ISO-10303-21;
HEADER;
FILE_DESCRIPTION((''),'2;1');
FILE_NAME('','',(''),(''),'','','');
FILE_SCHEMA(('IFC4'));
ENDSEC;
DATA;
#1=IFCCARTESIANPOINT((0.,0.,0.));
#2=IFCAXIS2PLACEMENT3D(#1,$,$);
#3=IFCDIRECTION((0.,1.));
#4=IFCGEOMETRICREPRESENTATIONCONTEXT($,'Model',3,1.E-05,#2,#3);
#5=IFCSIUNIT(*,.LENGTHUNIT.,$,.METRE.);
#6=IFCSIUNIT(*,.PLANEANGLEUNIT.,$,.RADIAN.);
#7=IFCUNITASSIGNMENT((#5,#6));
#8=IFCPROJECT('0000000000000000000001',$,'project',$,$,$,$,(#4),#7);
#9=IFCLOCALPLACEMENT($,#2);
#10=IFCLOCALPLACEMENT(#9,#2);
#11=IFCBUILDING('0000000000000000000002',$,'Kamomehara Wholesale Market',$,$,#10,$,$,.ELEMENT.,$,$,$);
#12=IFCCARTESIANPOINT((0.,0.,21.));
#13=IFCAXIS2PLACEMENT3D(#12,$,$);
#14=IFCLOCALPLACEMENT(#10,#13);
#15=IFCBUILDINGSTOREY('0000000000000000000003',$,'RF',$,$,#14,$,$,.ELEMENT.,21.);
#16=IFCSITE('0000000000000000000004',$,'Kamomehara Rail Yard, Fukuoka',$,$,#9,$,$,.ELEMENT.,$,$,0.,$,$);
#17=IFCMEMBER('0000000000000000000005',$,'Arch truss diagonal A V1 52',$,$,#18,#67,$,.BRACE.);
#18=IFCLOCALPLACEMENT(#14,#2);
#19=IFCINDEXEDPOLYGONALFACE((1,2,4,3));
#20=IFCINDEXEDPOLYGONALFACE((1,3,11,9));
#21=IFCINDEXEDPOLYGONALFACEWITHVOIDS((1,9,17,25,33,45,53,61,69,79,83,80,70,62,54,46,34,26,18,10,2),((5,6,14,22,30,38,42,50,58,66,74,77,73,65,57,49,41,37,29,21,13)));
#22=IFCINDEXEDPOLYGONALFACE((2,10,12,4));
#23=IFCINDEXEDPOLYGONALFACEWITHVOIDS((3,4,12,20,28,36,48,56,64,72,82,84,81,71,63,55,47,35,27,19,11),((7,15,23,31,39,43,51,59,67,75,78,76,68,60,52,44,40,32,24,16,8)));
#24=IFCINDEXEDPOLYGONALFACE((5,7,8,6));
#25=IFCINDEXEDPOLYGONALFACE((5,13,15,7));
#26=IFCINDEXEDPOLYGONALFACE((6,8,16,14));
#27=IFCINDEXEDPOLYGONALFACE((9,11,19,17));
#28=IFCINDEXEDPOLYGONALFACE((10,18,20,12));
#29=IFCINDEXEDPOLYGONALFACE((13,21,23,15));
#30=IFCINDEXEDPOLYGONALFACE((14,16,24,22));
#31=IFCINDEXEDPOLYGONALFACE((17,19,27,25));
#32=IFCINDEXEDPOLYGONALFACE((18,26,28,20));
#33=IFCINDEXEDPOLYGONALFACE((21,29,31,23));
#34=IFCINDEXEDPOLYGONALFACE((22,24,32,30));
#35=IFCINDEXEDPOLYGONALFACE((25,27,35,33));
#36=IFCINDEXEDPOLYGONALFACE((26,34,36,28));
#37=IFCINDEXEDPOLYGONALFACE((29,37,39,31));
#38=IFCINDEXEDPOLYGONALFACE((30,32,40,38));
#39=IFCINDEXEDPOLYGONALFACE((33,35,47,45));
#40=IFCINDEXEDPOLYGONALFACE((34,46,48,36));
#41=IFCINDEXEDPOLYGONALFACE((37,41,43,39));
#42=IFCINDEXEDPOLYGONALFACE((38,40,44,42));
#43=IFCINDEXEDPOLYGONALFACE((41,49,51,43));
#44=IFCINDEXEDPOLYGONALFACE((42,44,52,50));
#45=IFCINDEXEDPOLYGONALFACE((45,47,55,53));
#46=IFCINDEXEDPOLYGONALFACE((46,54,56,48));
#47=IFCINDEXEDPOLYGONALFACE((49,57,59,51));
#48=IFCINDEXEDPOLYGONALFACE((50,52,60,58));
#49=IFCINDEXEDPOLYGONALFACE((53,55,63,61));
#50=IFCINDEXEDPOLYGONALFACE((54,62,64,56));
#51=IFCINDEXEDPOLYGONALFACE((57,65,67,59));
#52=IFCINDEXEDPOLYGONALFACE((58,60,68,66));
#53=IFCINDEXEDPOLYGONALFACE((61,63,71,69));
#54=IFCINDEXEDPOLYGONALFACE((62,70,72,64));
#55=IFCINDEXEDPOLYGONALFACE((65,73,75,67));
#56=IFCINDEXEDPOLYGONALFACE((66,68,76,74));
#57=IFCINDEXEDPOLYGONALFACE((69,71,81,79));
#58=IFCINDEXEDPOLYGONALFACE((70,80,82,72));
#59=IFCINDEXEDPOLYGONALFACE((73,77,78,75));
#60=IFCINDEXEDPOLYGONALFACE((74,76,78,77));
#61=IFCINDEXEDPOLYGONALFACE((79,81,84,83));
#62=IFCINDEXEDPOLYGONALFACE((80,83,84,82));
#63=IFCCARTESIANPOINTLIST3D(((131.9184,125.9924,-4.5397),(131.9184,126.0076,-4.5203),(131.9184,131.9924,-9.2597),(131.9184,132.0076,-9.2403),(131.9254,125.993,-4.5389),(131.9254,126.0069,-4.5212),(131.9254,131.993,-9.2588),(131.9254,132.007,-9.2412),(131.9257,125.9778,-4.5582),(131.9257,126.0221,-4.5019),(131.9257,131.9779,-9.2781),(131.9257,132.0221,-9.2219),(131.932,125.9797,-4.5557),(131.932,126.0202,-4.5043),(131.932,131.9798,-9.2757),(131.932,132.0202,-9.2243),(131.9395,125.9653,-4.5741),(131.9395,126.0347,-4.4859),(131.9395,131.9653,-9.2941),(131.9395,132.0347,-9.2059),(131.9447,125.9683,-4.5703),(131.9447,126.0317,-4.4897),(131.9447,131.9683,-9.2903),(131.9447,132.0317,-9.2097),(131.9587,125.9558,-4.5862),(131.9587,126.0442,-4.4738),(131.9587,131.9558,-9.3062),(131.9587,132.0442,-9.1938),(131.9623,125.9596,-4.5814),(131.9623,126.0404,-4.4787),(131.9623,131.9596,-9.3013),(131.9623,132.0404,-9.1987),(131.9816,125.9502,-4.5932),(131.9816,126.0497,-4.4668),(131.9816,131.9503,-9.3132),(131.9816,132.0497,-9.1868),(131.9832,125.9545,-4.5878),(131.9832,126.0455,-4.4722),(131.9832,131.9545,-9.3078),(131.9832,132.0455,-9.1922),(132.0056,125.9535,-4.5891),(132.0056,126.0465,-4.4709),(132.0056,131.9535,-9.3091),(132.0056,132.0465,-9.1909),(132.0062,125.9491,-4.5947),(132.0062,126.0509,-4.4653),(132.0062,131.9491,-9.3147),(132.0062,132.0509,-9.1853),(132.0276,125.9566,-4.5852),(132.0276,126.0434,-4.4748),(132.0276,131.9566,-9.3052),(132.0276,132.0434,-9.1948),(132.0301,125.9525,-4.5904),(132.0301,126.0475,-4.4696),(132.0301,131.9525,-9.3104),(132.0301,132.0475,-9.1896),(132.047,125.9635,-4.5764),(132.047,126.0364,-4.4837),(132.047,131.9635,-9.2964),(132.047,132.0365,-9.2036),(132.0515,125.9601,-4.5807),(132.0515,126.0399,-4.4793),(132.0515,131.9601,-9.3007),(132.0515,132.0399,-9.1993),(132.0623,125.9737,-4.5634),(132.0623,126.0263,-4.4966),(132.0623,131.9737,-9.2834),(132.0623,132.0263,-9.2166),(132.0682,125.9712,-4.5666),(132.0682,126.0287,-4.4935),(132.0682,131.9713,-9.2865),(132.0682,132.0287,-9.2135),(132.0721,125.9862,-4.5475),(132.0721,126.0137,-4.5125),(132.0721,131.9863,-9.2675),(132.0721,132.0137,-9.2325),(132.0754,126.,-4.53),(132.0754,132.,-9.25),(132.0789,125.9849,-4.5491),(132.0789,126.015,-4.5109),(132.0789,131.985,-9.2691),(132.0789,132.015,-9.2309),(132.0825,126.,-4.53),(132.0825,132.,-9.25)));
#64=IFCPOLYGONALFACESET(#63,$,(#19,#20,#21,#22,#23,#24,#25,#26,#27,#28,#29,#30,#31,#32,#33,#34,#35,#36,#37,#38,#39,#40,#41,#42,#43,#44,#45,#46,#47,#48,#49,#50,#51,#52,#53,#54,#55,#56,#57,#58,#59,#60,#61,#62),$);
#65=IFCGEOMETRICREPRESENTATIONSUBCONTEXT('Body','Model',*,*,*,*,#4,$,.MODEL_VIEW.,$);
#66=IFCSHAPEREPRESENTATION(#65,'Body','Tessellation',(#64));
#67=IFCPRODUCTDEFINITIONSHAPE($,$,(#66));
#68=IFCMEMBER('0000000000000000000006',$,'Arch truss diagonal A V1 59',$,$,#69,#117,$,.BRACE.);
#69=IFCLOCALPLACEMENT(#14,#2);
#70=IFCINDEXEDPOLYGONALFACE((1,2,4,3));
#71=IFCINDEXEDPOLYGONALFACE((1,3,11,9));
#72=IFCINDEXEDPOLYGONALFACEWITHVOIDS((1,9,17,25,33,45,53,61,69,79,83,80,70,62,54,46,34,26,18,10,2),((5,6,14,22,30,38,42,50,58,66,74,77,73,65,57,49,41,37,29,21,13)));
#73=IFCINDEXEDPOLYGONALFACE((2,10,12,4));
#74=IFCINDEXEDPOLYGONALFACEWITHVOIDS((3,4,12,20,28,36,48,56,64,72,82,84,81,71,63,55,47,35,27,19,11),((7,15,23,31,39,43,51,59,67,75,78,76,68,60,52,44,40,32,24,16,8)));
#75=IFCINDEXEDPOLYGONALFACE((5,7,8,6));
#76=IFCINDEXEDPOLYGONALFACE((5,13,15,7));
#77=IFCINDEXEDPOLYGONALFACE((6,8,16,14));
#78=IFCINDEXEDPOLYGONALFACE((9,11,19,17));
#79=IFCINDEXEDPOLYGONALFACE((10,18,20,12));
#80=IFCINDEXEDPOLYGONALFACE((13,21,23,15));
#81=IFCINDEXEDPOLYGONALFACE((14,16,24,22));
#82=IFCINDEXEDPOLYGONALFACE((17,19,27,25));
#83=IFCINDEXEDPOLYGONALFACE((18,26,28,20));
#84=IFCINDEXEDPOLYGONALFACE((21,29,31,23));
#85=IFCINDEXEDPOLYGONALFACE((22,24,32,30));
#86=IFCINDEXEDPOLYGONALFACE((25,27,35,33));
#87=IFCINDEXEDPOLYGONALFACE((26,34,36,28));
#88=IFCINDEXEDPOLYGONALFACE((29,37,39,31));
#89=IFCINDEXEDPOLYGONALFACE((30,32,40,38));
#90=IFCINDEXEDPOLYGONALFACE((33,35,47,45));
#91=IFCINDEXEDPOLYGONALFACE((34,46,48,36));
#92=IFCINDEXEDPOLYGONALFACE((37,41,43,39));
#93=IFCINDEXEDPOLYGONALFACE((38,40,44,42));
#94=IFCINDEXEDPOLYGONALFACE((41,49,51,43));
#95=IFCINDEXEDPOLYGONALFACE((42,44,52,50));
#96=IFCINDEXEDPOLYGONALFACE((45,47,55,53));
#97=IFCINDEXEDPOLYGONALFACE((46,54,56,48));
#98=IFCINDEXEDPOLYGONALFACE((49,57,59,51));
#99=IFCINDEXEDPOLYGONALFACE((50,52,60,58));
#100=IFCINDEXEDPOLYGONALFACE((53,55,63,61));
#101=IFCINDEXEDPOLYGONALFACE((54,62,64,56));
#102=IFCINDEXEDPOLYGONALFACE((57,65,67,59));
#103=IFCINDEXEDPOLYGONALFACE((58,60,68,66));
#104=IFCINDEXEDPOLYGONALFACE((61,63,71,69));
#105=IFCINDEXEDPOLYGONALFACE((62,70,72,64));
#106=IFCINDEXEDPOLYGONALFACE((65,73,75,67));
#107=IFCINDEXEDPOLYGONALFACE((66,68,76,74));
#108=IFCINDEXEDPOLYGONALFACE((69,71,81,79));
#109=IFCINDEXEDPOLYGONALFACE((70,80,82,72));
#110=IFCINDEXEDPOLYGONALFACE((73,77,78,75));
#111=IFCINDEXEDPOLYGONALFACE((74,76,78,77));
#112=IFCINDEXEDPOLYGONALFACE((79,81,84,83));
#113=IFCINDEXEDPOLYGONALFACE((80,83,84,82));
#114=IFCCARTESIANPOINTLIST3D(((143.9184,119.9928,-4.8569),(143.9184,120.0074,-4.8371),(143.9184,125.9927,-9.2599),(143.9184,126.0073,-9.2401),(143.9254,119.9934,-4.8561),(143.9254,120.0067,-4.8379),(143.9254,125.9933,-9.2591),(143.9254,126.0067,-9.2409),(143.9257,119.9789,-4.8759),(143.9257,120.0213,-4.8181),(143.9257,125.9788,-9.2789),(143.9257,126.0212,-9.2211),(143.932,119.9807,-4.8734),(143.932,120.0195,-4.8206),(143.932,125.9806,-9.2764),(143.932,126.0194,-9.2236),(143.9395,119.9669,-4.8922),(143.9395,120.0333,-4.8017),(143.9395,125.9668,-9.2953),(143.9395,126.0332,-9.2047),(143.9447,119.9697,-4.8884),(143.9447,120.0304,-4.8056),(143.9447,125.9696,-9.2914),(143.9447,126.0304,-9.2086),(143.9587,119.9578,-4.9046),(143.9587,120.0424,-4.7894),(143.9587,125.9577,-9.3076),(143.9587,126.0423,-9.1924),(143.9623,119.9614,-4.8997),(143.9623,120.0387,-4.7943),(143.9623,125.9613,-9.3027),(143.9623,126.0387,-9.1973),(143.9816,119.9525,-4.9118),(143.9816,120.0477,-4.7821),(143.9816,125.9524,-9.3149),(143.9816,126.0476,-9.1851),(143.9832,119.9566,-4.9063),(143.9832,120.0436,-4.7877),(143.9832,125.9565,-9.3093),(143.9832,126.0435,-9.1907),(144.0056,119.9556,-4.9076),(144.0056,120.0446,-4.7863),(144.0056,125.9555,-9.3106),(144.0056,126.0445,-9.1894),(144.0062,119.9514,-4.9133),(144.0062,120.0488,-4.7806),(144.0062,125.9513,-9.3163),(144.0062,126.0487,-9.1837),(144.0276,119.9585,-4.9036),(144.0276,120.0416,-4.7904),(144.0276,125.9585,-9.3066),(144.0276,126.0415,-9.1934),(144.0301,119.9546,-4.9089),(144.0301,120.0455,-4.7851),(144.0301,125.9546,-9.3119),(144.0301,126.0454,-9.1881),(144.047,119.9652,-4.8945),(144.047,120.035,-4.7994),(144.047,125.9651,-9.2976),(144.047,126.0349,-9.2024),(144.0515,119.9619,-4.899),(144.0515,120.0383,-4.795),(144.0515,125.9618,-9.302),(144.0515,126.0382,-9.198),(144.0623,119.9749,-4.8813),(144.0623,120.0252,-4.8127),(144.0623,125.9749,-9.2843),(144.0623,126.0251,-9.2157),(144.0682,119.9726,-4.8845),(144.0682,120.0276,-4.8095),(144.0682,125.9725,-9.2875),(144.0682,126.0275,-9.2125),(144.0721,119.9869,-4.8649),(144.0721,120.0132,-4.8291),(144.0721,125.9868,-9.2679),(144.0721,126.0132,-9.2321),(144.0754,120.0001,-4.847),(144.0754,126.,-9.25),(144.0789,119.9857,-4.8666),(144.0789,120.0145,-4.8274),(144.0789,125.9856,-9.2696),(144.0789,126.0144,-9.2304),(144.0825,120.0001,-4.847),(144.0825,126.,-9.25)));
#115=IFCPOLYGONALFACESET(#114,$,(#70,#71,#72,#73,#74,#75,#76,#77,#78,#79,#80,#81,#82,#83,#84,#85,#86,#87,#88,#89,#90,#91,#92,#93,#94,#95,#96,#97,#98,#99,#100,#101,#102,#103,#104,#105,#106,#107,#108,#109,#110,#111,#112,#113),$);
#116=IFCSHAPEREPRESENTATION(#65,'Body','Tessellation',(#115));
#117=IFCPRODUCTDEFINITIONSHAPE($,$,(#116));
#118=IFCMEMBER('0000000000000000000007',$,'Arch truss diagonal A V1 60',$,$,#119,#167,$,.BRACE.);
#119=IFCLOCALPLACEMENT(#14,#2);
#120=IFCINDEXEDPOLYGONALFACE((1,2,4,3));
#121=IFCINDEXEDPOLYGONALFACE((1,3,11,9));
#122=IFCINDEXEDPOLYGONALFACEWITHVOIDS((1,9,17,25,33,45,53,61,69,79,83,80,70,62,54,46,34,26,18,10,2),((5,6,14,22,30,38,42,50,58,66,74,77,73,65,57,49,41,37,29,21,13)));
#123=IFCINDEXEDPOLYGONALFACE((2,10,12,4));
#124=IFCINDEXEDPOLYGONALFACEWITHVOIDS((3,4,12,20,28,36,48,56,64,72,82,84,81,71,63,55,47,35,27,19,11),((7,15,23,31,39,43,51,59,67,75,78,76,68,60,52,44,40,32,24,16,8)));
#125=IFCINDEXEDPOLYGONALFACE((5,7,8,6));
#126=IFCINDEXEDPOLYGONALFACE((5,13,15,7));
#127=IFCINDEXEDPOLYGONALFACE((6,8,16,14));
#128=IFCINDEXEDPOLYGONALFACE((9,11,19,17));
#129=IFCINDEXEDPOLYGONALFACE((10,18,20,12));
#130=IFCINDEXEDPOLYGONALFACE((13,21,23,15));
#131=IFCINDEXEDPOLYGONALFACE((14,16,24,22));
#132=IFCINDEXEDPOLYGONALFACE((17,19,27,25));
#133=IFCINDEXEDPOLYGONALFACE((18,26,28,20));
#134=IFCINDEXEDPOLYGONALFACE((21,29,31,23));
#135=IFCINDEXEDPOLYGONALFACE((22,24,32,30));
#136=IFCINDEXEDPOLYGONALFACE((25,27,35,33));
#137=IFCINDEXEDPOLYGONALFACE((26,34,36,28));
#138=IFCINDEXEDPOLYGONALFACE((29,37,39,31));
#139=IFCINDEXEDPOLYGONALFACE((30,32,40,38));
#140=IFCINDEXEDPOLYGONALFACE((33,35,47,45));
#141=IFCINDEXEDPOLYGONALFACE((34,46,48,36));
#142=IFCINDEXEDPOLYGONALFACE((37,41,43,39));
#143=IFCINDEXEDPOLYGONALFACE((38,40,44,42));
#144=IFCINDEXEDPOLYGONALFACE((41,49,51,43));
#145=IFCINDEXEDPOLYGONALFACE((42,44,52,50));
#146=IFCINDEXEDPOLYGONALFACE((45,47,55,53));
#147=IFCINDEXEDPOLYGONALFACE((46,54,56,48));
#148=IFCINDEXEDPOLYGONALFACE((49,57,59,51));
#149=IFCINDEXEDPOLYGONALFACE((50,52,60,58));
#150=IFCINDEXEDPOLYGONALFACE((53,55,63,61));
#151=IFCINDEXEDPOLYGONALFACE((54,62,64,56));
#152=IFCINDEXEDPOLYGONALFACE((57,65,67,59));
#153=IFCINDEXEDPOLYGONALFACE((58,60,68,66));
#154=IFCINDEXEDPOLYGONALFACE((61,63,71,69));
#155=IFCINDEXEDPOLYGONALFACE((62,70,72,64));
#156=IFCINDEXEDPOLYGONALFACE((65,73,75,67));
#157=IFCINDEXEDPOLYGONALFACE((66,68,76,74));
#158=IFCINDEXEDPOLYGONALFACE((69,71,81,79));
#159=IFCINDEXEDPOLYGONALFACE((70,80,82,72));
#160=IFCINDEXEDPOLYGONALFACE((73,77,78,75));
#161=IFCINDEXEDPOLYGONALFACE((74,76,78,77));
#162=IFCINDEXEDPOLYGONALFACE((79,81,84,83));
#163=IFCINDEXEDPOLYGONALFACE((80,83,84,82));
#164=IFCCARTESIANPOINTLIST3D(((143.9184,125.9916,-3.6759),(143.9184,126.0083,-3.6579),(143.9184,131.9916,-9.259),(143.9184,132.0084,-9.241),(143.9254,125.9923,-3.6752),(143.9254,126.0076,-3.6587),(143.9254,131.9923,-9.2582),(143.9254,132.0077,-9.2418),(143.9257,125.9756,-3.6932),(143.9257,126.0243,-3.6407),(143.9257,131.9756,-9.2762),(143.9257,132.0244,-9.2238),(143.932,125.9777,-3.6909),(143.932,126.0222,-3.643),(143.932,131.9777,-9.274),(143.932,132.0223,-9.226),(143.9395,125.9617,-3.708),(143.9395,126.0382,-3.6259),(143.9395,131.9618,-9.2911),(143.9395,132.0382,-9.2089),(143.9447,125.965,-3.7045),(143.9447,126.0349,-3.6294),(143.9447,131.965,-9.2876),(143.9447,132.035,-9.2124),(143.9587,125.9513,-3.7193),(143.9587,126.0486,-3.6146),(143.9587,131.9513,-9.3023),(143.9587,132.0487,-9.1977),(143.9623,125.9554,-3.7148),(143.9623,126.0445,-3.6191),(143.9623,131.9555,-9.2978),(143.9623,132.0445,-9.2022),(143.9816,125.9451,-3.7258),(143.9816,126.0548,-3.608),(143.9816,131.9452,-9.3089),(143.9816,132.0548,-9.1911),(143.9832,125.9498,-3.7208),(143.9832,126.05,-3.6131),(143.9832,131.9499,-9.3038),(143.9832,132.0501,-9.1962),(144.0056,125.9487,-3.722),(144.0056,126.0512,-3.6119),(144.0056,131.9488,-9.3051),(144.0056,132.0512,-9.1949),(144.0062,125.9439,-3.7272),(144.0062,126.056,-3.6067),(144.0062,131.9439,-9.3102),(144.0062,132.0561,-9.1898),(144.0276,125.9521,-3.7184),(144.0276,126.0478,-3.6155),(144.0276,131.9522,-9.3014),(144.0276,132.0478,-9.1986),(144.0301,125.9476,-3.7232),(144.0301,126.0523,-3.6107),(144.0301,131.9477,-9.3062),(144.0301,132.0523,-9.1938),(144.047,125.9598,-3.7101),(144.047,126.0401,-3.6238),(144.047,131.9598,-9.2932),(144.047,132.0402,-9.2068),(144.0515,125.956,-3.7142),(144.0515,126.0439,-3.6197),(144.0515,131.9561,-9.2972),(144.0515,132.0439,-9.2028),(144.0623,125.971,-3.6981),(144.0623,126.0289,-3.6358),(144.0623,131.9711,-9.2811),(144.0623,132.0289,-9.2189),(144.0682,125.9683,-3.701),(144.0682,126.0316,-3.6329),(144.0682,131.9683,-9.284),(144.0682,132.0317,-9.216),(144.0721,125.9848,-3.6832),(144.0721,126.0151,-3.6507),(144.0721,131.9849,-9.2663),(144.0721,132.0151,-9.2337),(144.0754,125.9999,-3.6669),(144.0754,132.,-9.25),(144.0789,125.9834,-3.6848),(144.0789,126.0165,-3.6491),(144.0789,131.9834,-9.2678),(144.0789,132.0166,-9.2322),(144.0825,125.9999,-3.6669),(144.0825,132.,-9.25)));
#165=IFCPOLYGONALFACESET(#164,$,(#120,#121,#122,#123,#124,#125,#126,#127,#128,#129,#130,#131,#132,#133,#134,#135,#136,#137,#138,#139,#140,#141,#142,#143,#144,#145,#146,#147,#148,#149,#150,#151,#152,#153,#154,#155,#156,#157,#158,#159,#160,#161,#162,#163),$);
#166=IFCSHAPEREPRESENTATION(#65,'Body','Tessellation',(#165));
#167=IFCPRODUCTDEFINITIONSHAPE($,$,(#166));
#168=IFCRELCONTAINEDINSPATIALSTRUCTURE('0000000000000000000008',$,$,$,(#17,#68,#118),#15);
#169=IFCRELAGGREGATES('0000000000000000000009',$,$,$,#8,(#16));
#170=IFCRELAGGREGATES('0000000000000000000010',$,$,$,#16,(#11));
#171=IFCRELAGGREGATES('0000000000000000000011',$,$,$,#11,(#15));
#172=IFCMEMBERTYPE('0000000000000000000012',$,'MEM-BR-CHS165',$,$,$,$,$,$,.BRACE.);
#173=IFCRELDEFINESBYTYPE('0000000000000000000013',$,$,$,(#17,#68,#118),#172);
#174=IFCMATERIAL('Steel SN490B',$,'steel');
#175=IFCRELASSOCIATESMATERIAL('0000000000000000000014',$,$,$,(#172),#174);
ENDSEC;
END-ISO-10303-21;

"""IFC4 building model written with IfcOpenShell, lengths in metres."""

from ifc_helpers import new_model, si_unit, direction, frame, origin, origin_2d, place, context, subcontext, project, spatial, hollow_circle, extrude, material, material_profile, profile_set, type_object, element, save


model = new_model("IFC4")

# Units and contexts
model_context = context("Model", 3, precision=1e-05, world=origin(), true_north=direction((0.0, 1.0)))
body_context = subcontext(model_context, "Body", "Model", "MODEL_VIEW")
ifc_project = project(units=[si_unit("LENGTHUNIT", "METRE"), si_unit("PLANEANGLEUNIT", "RADIAN")], contexts=[model_context])

# Site, building, storey
site_placement = place(None, origin())
site = spatial("IfcSite", under=ifc_project, at=site_placement, Name="Kamomehara Rail Yard, Fukuoka", CompositionType="ELEMENT", RefElevation=0.0)
building_placement = place(site_placement, origin())
building = spatial("IfcBuilding", under=site, at=building_placement, Name="Kamomehara Wholesale Market", CompositionType="ELEMENT")
storey_placement = place(building_placement, frame((0.0, 0.0, 21.0)))
storey = spatial("IfcBuildingStorey", under=building, at=storey_placement, Name="RF", CompositionType="ELEMENT", Elevation=21.0)

# Members
ifc_material_1 = material(Name="Steel SN490B", Category="steel")
ifc_material_profile_1 = material_profile(ifc_material_1, hollow_circle(Radius=0.0825, WallThickness=0.0071, at=origin_2d()), Name="CHS-165.2x7.1")
ifc_profile_set_1 = profile_set([ifc_material_profile_1], Name="Steel SN490B")
member_type_1 = type_object("IfcMemberType", Name="MEM-BR-CHS165", PredefinedType="BRACE", material=ifc_profile_set_1)
member_1_placement = place(storey_placement, frame((132.0, 132.0, -9.25), z_axis=(0.0, -0.785956, 0.618282), x_axis=(1.0, 0.0, 0.0)))
element("IfcMember", 1, at=member_1_placement, inside=storey, type_object=member_type_1, Name="Arch truss diagonal A V1 52", PredefinedType="BRACE", context=body_context, shape_type="SweptSolid", body=[
    extrude(hollow_circle(Radius=0.0825, WallThickness=0.0071, at=origin_2d()), origin(), (0.0, 0.0, 1.0), 7.634),
])
member_2_placement = place(storey_placement, frame((144.0, 126.0, -9.25), z_axis=(0.0, -0.806208, 0.591632), x_axis=(1.0, 0.0, 0.0)))
element("IfcMember", 2, at=member_2_placement, inside=storey, type_object=member_type_1, Name="Arch truss diagonal A V1 59", PredefinedType="BRACE", context=body_context, shape_type="SweptSolid", body=[
    extrude(hollow_circle(Radius=0.0825, WallThickness=0.0071, at=origin_2d()), origin(), (0.0, 0.0, 1.0), 7.4421),
])
member_3_placement = place(storey_placement, frame((144.0, 132.0, -9.25), z_axis=(0.0, -0.732089, 0.681209), x_axis=(1.0, 0.0, 0.0)))
element("IfcMember", 3, at=member_3_placement, inside=storey, type_object=member_type_1, Name="Arch truss diagonal A V1 60", PredefinedType="BRACE", context=body_context, shape_type="SweptSolid", body=[
    extrude(hollow_circle(Radius=0.0825, WallThickness=0.0071, at=origin_2d()), origin(), (0.0, 0.0, 1.0), 8.1958),
])

save(model, "model.ifc")
